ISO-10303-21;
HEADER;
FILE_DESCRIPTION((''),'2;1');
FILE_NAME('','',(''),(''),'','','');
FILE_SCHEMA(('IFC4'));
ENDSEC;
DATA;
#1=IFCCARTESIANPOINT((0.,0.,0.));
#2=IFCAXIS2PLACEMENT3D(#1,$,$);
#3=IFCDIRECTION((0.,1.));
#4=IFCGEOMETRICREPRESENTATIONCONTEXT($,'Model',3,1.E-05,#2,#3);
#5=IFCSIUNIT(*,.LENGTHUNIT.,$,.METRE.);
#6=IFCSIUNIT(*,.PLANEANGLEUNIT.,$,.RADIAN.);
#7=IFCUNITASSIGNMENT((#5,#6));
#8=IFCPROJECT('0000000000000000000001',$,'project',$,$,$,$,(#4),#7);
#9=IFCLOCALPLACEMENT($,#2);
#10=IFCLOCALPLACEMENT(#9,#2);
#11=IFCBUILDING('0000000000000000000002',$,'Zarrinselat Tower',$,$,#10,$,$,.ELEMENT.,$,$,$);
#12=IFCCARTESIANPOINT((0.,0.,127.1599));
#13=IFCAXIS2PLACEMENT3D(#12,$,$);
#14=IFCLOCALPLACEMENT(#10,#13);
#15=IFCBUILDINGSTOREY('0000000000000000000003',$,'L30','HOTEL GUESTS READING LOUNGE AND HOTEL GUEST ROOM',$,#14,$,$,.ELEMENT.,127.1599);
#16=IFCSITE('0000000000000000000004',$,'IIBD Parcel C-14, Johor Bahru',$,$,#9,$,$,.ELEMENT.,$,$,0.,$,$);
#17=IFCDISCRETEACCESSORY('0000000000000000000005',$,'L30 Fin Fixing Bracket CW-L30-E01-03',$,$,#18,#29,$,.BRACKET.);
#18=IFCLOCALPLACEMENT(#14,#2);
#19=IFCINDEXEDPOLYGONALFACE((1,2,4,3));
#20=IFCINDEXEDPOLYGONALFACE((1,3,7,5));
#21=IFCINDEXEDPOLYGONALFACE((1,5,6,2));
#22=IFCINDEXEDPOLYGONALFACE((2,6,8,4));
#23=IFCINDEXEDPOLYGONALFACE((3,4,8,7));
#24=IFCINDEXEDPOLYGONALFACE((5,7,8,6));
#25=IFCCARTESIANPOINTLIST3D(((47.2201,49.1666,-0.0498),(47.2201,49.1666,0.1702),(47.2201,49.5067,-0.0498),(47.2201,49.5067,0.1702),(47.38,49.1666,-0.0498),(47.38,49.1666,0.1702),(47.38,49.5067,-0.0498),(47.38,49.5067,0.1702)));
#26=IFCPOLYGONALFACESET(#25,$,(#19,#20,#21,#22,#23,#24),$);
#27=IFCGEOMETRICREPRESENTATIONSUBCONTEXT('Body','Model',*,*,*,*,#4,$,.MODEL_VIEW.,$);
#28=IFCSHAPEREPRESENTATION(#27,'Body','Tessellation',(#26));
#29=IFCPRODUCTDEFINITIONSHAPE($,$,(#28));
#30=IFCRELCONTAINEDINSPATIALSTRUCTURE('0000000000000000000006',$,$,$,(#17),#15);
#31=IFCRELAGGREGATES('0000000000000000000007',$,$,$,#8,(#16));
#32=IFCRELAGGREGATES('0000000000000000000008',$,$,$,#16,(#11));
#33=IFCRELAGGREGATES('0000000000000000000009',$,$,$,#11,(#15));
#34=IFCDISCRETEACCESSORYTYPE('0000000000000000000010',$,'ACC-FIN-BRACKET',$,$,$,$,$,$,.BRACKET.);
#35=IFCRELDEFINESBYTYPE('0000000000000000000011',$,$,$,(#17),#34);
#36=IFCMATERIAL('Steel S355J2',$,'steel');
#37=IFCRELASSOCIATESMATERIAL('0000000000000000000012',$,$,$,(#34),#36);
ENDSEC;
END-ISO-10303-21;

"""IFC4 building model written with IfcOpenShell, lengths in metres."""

from ifc_helpers import new_model, si_unit, direction, frame, origin, origin_2d, place, context, subcontext, project, spatial, rectangle, extrude, material, type_object, element, save


model = new_model("IFC4")

# Units and contexts
model_context = context("Model", 3, precision=1e-05, world=origin(), true_north=direction((0.0, 1.0)))
body_context = subcontext(model_context, "Body", "Model", "MODEL_VIEW")
ifc_project = project(units=[si_unit("LENGTHUNIT", "METRE"), si_unit("PLANEANGLEUNIT", "RADIAN")], contexts=[model_context])

# Site, building, storey
site_placement = place(None, origin())
site = spatial("IfcSite", under=ifc_project, at=site_placement, Name="IIBD Parcel C-14, Johor Bahru", CompositionType="ELEMENT", RefElevation=0.0)
building_placement = place(site_placement, origin())
building = spatial("IfcBuilding", under=site, at=building_placement, Name="Zarrinselat Tower", CompositionType="ELEMENT")
storey_placement = place(building_placement, frame((0.0, 0.0, 127.1599)))
storey = spatial("IfcBuildingStorey", under=building, at=storey_placement, Name="L30", Description="HOTEL GUESTS READING LOUNGE AND HOTEL GUEST ROOM", CompositionType="ELEMENT", Elevation=127.1599)

# Discrete accessory
ifc_material_1 = material(Name="Steel S355J2", Category="steel")
discrete_accessory_type = type_object("IfcDiscreteAccessoryType", Name="ACC-FIN-BRACKET", PredefinedType="BRACKET", material=ifc_material_1)
discrete_accessory_placement = place(storey_placement, frame((47.3, 49.3367, -0.0498), z_axis=(0.0, 0.0, 1.0), x_axis=(0.0, 1.0, 0.0)))
element("IfcDiscreteAccessory", 1, at=discrete_accessory_placement, inside=storey, type_object=discrete_accessory_type, Name="L30 Fin Fixing Bracket CW-L30-E01-03", PredefinedType="BRACKET", context=body_context, shape_type="SweptSolid", body=[
    extrude(rectangle(XDim=0.3401, YDim=0.1599, at=origin_2d()), origin(), (0.0, 0.0, 1.0), 0.22),
])

save(model, "model.ifc")
